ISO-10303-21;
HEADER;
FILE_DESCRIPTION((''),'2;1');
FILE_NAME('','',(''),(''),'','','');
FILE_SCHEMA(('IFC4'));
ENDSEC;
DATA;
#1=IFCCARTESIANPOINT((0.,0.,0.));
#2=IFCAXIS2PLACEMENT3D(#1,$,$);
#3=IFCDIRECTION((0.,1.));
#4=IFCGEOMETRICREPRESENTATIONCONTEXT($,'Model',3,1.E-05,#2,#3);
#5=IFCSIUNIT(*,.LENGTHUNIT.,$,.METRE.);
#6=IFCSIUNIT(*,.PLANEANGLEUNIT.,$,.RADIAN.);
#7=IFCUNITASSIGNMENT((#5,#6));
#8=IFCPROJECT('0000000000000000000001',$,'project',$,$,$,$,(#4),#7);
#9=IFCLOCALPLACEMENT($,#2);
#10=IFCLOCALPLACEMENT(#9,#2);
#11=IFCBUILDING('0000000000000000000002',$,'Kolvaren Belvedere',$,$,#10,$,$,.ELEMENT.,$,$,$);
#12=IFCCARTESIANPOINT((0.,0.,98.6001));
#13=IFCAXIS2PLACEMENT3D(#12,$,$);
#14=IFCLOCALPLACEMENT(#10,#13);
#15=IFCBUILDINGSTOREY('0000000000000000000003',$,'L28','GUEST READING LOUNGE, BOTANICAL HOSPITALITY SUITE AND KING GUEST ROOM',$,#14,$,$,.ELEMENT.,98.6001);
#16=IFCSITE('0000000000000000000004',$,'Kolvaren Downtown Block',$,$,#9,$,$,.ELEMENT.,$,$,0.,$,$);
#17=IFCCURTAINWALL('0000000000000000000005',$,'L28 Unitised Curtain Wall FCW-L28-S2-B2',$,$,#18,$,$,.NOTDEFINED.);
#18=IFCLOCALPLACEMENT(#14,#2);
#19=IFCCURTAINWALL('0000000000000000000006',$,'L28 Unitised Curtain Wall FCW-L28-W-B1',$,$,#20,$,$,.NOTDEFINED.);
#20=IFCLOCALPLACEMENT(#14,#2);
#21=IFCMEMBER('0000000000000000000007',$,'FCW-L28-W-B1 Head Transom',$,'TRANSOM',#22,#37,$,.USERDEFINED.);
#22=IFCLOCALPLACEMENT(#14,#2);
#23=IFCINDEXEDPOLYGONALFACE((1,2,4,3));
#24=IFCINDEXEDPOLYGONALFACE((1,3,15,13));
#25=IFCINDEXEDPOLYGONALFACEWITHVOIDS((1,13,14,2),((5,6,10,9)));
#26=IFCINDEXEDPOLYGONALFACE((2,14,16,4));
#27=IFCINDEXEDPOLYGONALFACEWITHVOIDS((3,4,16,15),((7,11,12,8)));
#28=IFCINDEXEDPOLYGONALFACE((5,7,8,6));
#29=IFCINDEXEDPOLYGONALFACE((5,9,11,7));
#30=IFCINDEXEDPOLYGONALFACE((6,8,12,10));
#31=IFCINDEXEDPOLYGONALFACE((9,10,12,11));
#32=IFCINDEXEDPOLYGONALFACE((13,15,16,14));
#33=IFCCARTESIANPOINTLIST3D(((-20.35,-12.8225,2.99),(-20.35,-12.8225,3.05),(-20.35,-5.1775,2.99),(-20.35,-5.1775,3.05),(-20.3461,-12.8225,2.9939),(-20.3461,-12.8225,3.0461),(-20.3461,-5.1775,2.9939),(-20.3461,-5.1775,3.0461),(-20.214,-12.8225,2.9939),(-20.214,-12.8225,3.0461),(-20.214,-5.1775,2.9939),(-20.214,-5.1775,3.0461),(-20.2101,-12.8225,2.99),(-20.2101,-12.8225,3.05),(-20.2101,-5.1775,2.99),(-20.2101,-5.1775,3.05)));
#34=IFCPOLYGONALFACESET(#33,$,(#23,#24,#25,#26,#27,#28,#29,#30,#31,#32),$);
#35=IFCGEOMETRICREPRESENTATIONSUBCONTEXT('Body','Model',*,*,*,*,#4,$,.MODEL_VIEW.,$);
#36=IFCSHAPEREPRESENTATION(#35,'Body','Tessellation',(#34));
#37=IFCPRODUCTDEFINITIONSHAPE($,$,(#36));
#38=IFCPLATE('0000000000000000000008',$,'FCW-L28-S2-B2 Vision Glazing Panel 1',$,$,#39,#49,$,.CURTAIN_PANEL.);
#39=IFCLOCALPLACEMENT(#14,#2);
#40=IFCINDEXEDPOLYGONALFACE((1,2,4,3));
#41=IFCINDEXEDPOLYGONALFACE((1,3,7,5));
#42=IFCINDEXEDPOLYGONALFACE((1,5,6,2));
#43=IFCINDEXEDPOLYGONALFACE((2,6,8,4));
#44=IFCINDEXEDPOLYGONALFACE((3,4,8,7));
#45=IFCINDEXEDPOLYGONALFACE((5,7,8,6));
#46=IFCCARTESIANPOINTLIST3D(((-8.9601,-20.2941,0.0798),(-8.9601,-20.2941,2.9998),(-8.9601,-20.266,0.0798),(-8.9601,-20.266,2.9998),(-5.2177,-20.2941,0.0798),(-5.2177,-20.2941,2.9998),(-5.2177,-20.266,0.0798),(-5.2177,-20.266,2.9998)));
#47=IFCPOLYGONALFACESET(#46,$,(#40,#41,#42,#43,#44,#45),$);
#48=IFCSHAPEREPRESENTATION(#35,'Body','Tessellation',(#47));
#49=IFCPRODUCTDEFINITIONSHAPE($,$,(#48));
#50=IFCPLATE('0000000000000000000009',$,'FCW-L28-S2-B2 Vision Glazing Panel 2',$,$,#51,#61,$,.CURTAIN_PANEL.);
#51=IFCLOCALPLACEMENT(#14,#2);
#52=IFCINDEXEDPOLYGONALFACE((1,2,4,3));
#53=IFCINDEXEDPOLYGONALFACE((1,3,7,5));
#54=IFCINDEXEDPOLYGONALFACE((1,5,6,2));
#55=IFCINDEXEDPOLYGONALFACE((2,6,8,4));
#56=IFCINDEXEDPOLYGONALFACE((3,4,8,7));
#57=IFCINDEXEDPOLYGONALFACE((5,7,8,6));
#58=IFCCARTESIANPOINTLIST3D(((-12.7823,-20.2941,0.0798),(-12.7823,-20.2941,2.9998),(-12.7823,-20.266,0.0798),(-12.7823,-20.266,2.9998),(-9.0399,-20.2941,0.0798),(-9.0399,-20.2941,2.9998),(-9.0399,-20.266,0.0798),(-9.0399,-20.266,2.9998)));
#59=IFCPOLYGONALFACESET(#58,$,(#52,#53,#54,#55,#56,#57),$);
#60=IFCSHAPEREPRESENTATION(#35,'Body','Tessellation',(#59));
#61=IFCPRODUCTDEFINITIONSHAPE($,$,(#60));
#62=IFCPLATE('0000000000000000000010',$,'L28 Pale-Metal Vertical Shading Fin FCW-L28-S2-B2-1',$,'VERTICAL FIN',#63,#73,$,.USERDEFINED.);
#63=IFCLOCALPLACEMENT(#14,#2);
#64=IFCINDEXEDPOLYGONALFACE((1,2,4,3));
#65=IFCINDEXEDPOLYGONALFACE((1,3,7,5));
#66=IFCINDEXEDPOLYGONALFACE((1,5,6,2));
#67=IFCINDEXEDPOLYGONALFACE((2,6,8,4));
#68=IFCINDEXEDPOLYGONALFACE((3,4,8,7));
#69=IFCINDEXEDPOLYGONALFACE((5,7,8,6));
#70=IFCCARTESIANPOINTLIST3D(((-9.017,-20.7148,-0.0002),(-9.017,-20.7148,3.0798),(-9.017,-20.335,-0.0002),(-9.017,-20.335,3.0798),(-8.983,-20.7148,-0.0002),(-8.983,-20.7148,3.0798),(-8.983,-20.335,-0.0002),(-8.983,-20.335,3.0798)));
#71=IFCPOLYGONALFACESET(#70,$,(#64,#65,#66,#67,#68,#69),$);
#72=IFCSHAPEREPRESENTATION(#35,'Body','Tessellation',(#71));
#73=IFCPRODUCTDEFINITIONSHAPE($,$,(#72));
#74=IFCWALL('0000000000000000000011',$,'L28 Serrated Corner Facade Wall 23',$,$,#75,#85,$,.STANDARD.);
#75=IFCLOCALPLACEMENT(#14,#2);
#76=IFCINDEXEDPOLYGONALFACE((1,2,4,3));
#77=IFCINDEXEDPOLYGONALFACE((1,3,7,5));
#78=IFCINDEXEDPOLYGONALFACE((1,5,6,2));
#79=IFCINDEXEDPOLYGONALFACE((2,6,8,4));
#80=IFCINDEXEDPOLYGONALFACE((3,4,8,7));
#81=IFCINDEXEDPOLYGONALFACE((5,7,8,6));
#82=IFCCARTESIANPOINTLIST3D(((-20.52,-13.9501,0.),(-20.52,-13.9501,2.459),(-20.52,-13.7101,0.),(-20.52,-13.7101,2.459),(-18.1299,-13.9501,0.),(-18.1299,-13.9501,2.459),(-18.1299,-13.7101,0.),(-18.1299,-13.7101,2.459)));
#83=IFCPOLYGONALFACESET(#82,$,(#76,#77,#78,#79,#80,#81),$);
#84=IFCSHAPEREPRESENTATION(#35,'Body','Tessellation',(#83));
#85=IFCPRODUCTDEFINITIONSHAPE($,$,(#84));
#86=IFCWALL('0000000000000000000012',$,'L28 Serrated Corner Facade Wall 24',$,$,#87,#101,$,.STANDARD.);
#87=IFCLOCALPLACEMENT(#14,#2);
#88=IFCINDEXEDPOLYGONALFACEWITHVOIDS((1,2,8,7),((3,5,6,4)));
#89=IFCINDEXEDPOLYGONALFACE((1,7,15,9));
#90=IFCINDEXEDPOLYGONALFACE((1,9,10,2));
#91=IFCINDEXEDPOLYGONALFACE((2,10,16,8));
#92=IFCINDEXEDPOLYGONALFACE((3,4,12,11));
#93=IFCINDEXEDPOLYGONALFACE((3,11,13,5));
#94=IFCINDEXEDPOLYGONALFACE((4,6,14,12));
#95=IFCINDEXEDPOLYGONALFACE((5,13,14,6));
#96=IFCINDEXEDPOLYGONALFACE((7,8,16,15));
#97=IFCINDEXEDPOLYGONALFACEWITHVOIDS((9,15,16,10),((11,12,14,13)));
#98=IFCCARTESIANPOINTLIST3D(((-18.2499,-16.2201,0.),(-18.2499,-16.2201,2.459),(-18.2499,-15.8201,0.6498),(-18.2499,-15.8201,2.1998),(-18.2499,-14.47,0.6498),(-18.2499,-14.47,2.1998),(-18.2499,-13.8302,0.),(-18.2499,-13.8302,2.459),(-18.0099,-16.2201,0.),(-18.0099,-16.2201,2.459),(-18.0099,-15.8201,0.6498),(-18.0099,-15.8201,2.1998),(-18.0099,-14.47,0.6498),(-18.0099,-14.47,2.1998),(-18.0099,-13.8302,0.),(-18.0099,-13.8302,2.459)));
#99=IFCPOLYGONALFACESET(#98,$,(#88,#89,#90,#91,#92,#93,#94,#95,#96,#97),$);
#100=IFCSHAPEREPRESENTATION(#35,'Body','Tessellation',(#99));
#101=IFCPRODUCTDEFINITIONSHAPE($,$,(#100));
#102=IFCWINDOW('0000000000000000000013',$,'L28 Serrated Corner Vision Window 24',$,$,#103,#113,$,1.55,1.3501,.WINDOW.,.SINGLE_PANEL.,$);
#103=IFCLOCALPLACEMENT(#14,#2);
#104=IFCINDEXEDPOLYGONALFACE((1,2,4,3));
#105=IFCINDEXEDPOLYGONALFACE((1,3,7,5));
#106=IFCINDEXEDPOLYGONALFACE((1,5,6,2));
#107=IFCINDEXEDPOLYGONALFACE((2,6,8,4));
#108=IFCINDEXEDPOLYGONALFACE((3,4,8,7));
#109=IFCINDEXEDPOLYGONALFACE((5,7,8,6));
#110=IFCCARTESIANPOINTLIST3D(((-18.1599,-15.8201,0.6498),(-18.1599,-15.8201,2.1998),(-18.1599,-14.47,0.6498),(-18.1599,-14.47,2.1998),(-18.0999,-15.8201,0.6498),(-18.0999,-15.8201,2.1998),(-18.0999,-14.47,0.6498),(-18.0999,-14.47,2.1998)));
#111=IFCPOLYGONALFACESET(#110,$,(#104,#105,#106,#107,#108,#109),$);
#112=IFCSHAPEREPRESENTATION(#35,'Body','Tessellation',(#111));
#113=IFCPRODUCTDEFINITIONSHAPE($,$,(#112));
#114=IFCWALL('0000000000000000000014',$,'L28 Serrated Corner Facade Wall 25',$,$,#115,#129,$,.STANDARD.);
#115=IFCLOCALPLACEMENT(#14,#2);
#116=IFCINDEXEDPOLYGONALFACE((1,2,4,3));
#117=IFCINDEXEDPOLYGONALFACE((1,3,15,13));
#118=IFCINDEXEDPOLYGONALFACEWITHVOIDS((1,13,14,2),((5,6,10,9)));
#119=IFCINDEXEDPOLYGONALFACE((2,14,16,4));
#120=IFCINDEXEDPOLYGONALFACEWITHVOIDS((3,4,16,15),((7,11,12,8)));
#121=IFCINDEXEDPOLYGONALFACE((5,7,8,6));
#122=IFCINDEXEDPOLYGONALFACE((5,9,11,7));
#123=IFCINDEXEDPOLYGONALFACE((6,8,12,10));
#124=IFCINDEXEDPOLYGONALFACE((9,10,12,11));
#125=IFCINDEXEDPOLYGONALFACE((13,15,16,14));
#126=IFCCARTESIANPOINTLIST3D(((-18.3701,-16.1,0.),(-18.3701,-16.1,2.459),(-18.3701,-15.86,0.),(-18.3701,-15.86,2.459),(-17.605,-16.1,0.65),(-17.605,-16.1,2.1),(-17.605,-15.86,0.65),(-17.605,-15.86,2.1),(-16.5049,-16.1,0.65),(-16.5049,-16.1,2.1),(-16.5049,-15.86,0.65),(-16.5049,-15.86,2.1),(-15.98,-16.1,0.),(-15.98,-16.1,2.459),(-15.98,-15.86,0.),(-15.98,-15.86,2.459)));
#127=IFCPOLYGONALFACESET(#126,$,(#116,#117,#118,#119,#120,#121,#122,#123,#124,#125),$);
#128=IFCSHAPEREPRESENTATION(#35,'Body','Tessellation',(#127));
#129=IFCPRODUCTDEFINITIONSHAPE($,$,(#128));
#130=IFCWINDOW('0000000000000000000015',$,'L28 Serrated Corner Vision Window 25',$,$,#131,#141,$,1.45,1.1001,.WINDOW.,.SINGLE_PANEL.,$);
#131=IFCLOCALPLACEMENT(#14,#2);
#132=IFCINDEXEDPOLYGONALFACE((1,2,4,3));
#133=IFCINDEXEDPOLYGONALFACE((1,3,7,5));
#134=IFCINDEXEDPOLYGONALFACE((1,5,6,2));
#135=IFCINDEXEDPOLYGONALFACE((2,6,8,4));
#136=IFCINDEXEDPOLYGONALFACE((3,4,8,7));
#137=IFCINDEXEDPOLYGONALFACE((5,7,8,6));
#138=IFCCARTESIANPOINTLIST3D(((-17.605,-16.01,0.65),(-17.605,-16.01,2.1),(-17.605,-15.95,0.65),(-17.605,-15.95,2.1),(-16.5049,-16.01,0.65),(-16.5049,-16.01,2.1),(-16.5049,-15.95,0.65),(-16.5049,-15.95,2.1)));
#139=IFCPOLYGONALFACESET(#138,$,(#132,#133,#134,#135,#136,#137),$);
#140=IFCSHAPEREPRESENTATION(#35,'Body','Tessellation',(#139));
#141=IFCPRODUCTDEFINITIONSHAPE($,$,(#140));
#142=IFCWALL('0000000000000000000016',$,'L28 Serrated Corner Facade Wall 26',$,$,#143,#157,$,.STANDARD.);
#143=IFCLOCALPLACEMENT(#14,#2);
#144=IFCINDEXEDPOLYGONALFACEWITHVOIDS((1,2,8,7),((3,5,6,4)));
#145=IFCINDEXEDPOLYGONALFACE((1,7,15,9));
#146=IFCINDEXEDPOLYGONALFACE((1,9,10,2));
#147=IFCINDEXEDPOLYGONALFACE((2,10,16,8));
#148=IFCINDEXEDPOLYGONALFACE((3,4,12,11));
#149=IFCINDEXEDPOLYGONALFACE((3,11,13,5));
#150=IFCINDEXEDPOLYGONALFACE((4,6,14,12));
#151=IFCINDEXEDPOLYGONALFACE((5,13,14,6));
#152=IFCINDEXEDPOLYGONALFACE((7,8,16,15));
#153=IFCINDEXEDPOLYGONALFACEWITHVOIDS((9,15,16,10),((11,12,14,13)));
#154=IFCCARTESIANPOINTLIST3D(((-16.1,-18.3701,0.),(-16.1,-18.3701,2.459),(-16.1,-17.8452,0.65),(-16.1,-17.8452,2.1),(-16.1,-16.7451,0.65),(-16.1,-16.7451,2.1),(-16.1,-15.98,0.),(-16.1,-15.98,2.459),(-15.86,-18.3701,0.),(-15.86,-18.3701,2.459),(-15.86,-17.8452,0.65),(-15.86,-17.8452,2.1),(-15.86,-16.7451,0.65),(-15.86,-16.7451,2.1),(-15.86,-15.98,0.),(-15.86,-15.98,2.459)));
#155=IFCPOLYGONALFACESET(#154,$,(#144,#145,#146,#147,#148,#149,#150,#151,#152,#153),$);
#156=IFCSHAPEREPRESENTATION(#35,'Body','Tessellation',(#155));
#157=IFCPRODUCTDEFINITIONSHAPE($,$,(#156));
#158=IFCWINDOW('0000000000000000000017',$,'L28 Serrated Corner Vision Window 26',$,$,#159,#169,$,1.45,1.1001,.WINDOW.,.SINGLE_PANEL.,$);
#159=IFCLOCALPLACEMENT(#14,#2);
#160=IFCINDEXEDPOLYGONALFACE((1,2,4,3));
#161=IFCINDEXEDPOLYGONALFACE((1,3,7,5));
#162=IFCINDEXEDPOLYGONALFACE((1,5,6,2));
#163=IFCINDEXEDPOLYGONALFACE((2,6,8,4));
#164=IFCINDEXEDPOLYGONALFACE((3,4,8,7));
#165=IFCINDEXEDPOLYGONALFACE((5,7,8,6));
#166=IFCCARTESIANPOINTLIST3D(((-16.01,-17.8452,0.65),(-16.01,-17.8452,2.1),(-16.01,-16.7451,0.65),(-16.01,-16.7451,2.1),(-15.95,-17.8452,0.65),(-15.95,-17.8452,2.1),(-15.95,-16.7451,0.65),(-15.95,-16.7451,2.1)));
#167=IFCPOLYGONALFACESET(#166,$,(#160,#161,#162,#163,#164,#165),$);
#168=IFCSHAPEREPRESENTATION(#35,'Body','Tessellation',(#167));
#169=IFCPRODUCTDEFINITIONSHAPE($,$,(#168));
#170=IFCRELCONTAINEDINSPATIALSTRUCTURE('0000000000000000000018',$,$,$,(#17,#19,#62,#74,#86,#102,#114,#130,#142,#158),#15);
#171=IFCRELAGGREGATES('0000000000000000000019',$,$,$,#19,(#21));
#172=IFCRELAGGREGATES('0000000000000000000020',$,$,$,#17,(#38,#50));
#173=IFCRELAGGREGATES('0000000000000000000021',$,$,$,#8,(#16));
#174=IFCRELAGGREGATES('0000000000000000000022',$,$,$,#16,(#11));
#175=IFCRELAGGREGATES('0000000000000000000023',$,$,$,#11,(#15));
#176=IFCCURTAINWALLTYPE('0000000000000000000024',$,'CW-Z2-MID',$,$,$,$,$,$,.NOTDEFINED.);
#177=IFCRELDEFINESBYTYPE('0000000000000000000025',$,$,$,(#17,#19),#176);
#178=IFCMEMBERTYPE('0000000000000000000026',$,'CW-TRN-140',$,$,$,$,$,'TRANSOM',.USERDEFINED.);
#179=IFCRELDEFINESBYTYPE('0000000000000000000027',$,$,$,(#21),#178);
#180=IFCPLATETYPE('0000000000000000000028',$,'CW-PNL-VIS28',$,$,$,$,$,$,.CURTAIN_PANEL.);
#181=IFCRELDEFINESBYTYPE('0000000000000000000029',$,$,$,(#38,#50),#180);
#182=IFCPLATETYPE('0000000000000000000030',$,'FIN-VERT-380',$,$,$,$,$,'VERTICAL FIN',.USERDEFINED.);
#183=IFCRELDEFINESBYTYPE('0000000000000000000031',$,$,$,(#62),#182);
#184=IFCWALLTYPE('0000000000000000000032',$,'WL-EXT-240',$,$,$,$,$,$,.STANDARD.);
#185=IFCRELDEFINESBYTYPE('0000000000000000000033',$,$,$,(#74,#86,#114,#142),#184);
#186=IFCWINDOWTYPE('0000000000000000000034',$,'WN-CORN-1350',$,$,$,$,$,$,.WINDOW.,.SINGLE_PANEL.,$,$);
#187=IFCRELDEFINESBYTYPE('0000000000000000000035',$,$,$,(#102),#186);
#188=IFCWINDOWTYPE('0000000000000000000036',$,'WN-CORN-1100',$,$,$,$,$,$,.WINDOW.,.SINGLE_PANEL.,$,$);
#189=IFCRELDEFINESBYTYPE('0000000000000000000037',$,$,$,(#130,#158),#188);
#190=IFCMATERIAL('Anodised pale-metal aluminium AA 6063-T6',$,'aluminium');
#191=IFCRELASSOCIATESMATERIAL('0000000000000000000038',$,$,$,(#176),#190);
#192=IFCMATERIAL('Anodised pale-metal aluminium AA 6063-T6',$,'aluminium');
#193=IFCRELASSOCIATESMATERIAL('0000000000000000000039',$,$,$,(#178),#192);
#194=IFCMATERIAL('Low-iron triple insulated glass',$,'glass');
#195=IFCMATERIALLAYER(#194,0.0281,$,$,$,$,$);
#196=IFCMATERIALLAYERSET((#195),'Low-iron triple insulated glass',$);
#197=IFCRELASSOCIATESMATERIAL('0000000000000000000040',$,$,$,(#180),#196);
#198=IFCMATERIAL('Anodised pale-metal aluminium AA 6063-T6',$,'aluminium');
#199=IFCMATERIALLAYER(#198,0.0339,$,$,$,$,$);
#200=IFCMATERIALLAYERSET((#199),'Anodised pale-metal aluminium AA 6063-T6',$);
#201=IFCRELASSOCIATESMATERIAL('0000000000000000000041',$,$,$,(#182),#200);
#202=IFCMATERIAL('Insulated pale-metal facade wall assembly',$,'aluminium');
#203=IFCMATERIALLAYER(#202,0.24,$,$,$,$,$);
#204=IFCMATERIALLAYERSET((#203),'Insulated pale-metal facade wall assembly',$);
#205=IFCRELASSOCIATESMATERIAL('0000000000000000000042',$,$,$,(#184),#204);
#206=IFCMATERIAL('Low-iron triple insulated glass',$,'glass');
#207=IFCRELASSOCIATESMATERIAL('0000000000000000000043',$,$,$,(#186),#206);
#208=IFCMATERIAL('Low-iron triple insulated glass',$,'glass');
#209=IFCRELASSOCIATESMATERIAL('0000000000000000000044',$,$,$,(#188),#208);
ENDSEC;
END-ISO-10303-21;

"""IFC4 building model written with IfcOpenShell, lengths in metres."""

from ifc_helpers import new_model, si_unit, direction, frame, frame_2d, origin, origin_2d, place, context, subcontext, project, spatial, rectangle, hollow_rectangle, extrude, material, layer, layer_set, material_profile, profile_set, type_object, element, fill, aggregate, save


model = new_model("IFC4")

# Units and contexts
model_context = context("Model", 3, precision=1e-05, world=origin(), true_north=direction((0.0, 1.0)))
body_context = subcontext(model_context, "Body", "Model", "MODEL_VIEW")
ifc_project = project(units=[si_unit("LENGTHUNIT", "METRE"), si_unit("PLANEANGLEUNIT", "RADIAN")], contexts=[model_context])

# Site, building, storey
site_placement = place(None, origin())
site = spatial("IfcSite", under=ifc_project, at=site_placement, Name="Kolvaren Downtown Block", CompositionType="ELEMENT", RefElevation=0.0)
building_placement = place(site_placement, origin())
building = spatial("IfcBuilding", under=site, at=building_placement, Name="Kolvaren Belvedere", CompositionType="ELEMENT")
storey_placement = place(building_placement, frame((0.0, 0.0, 98.6001)))
storey = spatial("IfcBuildingStorey", under=building, at=storey_placement, Name="L28", Description="GUEST READING LOUNGE, BOTANICAL HOSPITALITY SUITE AND KING GUEST ROOM", CompositionType="ELEMENT", Elevation=98.6001)

# Curtain walls, member
ifc_material_1 = material(Name="Anodised pale-metal aluminium AA 6063-T6", Category="aluminium")
curtain_wall_type = type_object("IfcCurtainWallType", Name="CW-Z2-MID", PredefinedType="NOTDEFINED", material=ifc_material_1)
curtain_wall_1_placement = place(storey_placement, origin())
curtain_wall_1 = element("IfcCurtainWall", 1, at=curtain_wall_1_placement, inside=storey, type_object=curtain_wall_type, Name="L28 Unitised Curtain Wall FCW-L28-S2-B2", PredefinedType="NOTDEFINED")
curtain_wall_2_placement = place(storey_placement, origin())
curtain_wall_2 = element("IfcCurtainWall", 2, at=curtain_wall_2_placement, inside=storey, type_object=curtain_wall_type, Name="L28 Unitised Curtain Wall FCW-L28-W-B1", PredefinedType="NOTDEFINED")
ifc_material_2 = material(Name="Anodised pale-metal aluminium AA 6063-T6", Category="aluminium")
ifc_material_profile_1 = material_profile(ifc_material_2, hollow_rectangle(XDim=0.0601, YDim=0.1399, WallThickness=0.0039, at=origin_2d()), Name="ALU-TRN-140X60")
ifc_profile_set_1 = profile_set([ifc_material_profile_1], Name="Anodised pale-metal aluminium AA 6063-T6")
member_type_1 = type_object("IfcMemberType", Name="CW-TRN-140", ElementType="TRANSOM", PredefinedType="USERDEFINED", material=ifc_profile_set_1)
member_1_placement = place(storey_placement, frame((-20.28, -12.8225, 3.02), z_axis=(0.0, 1.0, 0.0), x_axis=(0.0, 0.0, 1.0)))
member_1 = element("IfcMember", 3, at=member_1_placement, type_object=member_type_1, Name="FCW-L28-W-B1 Head Transom", ObjectType="TRANSOM", PredefinedType="USERDEFINED", context=body_context, shape_type="SweptSolid", body=[
    extrude(hollow_rectangle(XDim=0.0601, YDim=0.1399, WallThickness=0.0039, at=origin_2d()), origin(), (0.0, 0.0, 1.0), 7.645),
])
aggregate(curtain_wall_2, [member_1])

# Plates
ifc_material_3 = material(Name="Low-iron triple insulated glass", Category="glass")
ifc_layer_1 = layer(ifc_material_3, 0.0281)
ifc_layer_set_1 = layer_set([ifc_layer_1], Name="Low-iron triple insulated glass")
plate_type_1 = type_object("IfcPlateType", Name="CW-PNL-VIS28", PredefinedType="CURTAIN_PANEL", material=ifc_layer_set_1)
plate_1_placement = place(storey_placement, frame((-7.0889, -20.28, 0.0798), z_axis=(0.0, 0.0, 1.0), x_axis=(-1.0, 0.0, 0.0)))
plate_1 = element("IfcPlate", 4, at=plate_1_placement, type_object=plate_type_1, Name="FCW-L28-S2-B2 Vision Glazing Panel 1", PredefinedType="CURTAIN_PANEL", context=body_context, shape_type="SweptSolid", body=[
    extrude(rectangle(XDim=3.7424, YDim=0.0281, at=origin_2d()), origin(), (0.0, 0.0, 1.0), 2.9199),
])
plate_2_placement = place(storey_placement, frame((-10.9111, -20.28, 0.0798), z_axis=(0.0, 0.0, 1.0), x_axis=(-1.0, 0.0, 0.0)))
plate_2 = element("IfcPlate", 5, at=plate_2_placement, type_object=plate_type_1, Name="FCW-L28-S2-B2 Vision Glazing Panel 2", PredefinedType="CURTAIN_PANEL", context=body_context, shape_type="SweptSolid", body=[
    extrude(rectangle(XDim=3.7424, YDim=0.0281, at=origin_2d()), origin(), (0.0, 0.0, 1.0), 2.9199),
])
aggregate(curtain_wall_1, [plate_1, plate_2])
ifc_material_4 = material(Name="Anodised pale-metal aluminium AA 6063-T6", Category="aluminium")
ifc_layer_2 = layer(ifc_material_4, 0.0339)
ifc_layer_set_2 = layer_set([ifc_layer_2], Name="Anodised pale-metal aluminium AA 6063-T6")
plate_type_2 = type_object("IfcPlateType", Name="FIN-VERT-380", ElementType="VERTICAL FIN", PredefinedType="USERDEFINED", material=ifc_layer_set_2)
plate_3_placement = place(storey_placement, frame((-9.0, -20.5249, -0.0002), z_axis=(0.0, 0.0, 1.0), x_axis=(0.0, 1.0, 0.0)))
element("IfcPlate", 6, at=plate_3_placement, inside=storey, type_object=plate_type_2, Name="L28 Pale-Metal Vertical Shading Fin FCW-L28-S2-B2-1", ObjectType="VERTICAL FIN", PredefinedType="USERDEFINED", context=body_context, shape_type="SweptSolid", body=[
    extrude(rectangle(XDim=0.3799, YDim=0.0339, at=origin_2d()), origin(), (0.0, 0.0, 1.0), 3.0801),
])

# Wall
ifc_material_5 = material(Name="Insulated pale-metal facade wall assembly", Category="aluminium")
ifc_layer_3 = layer(ifc_material_5, 0.24)
ifc_layer_set_3 = layer_set([ifc_layer_3], Name="Insulated pale-metal facade wall assembly")
wall_type_1 = type_object("IfcWallType", Name="WL-EXT-240", PredefinedType="STANDARD", material=ifc_layer_set_3)
wall_1_placement = place(storey_placement, frame((-18.1299, -13.8301, 0.0), z_axis=(0.0, 0.0, 1.0), x_axis=(-1.0, 0.0, 0.0)))
element("IfcWall", 7, at=wall_1_placement, inside=storey, type_object=wall_type_1, Name="L28 Serrated Corner Facade Wall 23", PredefinedType="STANDARD", context=body_context, shape_type="SweptSolid", body=[
    extrude(rectangle(XDim=2.3901, YDim=0.24, at=frame_2d((1.1951, 0.0))), origin(), (0.0, 0.0, 1.0), 2.459),
])

# Walls, openings, windows
wall_2_placement = place(storey_placement, frame((-18.1299, -16.22, 0.0), z_axis=(0.0, 0.0, 1.0), x_axis=(0.0, 1.0, 0.0)))
wall_2 = element("IfcWall", 8, at=wall_2_placement, inside=storey, type_object=wall_type_1, Name="L28 Serrated Corner Facade Wall 24", PredefinedType="STANDARD", context=body_context, shape_type="SweptSolid", body=[
    extrude(rectangle(XDim=2.3899, YDim=0.24, at=frame_2d((1.1948, 0.0))), origin(), (0.0, 0.0, 1.0), 2.459),
])
opening_1_placement = place(wall_2_placement, frame((0.3999, 0.0, 0.6499)))
opening_1 = element("IfcOpeningElement", 9, at=opening_1_placement, cuts=wall_2, PredefinedType="OPENING", context=body_context, shape_type="SweptSolid", body=[
    extrude(rectangle(XDim=1.3501, YDim=1.55, at=frame_2d((0.675, 0.7749))), frame((0.0, 0.1299, 0.0), z_axis=(0.0, -1.0, 0.0), x_axis=(1.0, 0.0, 0.0)), (0.0, 0.0, 1.0), 0.26),
])
ifc_material_6 = material(Name="Low-iron triple insulated glass", Category="glass")
window_type_1 = type_object("IfcWindowType", Name="WN-CORN-1350", PartitioningType="SINGLE_PANEL", PredefinedType="WINDOW", material=ifc_material_6)
window_1_placement = place(opening_1_placement, origin())
window_1 = element("IfcWindow", 10, at=window_1_placement, inside=storey, type_object=window_type_1, Name="L28 Serrated Corner Vision Window 24", OverallHeight=1.55, OverallWidth=1.3501, PartitioningType="SINGLE_PANEL", PredefinedType="WINDOW", context=body_context, shape_type="SweptSolid", body=[
    extrude(rectangle(XDim=1.3501, YDim=1.55, at=frame_2d((0.675, 0.7749))), frame((0.0, 0.03, 0.0), z_axis=(0.0, -1.0, 0.0), x_axis=(1.0, 0.0, 0.0)), (0.0, 0.0, 1.0), 0.0601),
])
fill(opening_1, window_1)
wall_3_placement = place(storey_placement, frame((-15.98, -15.98, 0.0), z_axis=(0.0, 0.0, 1.0), x_axis=(-1.0, 0.0, 0.0)))
wall_3 = element("IfcWall", 11, at=wall_3_placement, inside=storey, type_object=wall_type_1, Name="L28 Serrated Corner Facade Wall 25", PredefinedType="STANDARD", context=body_context, shape_type="SweptSolid", body=[
    extrude(rectangle(XDim=2.3901, YDim=0.24, at=frame_2d((1.1951, 0.0))), origin(), (0.0, 0.0, 1.0), 2.459),
])
opening_2_placement = place(wall_3_placement, frame((0.5249, 0.0, 0.6499)))
opening_2 = element("IfcOpeningElement", 12, at=opening_2_placement, cuts=wall_3, PredefinedType="OPENING", context=body_context, shape_type="SweptSolid", body=[
    extrude(rectangle(XDim=1.1001, YDim=1.45, at=frame_2d((0.55, 0.7251))), frame((0.0, 0.1299, 0.0), z_axis=(0.0, -1.0, 0.0), x_axis=(1.0, 0.0, 0.0)), (0.0, 0.0, 1.0), 0.26),
])
ifc_material_7 = material(Name="Low-iron triple insulated glass", Category="glass")
window_type_2 = type_object("IfcWindowType", Name="WN-CORN-1100", PartitioningType="SINGLE_PANEL", PredefinedType="WINDOW", material=ifc_material_7)
window_2_placement = place(opening_2_placement, origin())
window_2 = element("IfcWindow", 13, at=window_2_placement, inside=storey, type_object=window_type_2, Name="L28 Serrated Corner Vision Window 25", OverallHeight=1.45, OverallWidth=1.1001, PartitioningType="SINGLE_PANEL", PredefinedType="WINDOW", context=body_context, shape_type="SweptSolid", body=[
    extrude(rectangle(XDim=1.1001, YDim=1.45, at=frame_2d((0.55, 0.7251))), frame((0.0, 0.03, 0.0), z_axis=(0.0, -1.0, 0.0), x_axis=(1.0, 0.0, 0.0)), (0.0, 0.0, 1.0), 0.0601),
])
fill(opening_2, window_2)
wall_4_placement = place(storey_placement, frame((-15.98, -18.3701, 0.0), z_axis=(0.0, 0.0, 1.0), x_axis=(0.0, 1.0, 0.0)))
wall_4 = element("IfcWall", 14, at=wall_4_placement, inside=storey, type_object=wall_type_1, Name="L28 Serrated Corner Facade Wall 26", PredefinedType="STANDARD", context=body_context, shape_type="SweptSolid", body=[
    extrude(rectangle(XDim=2.3901, YDim=0.24, at=frame_2d((1.1951, 0.0))), origin(), (0.0, 0.0, 1.0), 2.459),
])
opening_3_placement = place(wall_4_placement, frame((0.5249, 0.0, 0.6499)))
opening_3 = element("IfcOpeningElement", 15, at=opening_3_placement, cuts=wall_4, PredefinedType="OPENING", context=body_context, shape_type="SweptSolid", body=[
    extrude(rectangle(XDim=1.1001, YDim=1.45, at=frame_2d((0.55, 0.7251))), frame((0.0, 0.1299, 0.0), z_axis=(0.0, -1.0, 0.0), x_axis=(1.0, 0.0, 0.0)), (0.0, 0.0, 1.0), 0.26),
])
window_3_placement = place(opening_3_placement, origin())
window_3 = element("IfcWindow", 16, at=window_3_placement, inside=storey, type_object=window_type_2, Name="L28 Serrated Corner Vision Window 26", OverallHeight=1.45, OverallWidth=1.1001, PartitioningType="SINGLE_PANEL", PredefinedType="WINDOW", context=body_context, shape_type="SweptSolid", body=[
    extrude(rectangle(XDim=1.1001, YDim=1.45, at=frame_2d((0.55, 0.7251))), frame((0.0, 0.03, 0.0), z_axis=(0.0, -1.0, 0.0), x_axis=(1.0, 0.0, 0.0)), (0.0, 0.0, 1.0), 0.0601),
])
fill(opening_3, window_3)

save(model, "model.ifc")
